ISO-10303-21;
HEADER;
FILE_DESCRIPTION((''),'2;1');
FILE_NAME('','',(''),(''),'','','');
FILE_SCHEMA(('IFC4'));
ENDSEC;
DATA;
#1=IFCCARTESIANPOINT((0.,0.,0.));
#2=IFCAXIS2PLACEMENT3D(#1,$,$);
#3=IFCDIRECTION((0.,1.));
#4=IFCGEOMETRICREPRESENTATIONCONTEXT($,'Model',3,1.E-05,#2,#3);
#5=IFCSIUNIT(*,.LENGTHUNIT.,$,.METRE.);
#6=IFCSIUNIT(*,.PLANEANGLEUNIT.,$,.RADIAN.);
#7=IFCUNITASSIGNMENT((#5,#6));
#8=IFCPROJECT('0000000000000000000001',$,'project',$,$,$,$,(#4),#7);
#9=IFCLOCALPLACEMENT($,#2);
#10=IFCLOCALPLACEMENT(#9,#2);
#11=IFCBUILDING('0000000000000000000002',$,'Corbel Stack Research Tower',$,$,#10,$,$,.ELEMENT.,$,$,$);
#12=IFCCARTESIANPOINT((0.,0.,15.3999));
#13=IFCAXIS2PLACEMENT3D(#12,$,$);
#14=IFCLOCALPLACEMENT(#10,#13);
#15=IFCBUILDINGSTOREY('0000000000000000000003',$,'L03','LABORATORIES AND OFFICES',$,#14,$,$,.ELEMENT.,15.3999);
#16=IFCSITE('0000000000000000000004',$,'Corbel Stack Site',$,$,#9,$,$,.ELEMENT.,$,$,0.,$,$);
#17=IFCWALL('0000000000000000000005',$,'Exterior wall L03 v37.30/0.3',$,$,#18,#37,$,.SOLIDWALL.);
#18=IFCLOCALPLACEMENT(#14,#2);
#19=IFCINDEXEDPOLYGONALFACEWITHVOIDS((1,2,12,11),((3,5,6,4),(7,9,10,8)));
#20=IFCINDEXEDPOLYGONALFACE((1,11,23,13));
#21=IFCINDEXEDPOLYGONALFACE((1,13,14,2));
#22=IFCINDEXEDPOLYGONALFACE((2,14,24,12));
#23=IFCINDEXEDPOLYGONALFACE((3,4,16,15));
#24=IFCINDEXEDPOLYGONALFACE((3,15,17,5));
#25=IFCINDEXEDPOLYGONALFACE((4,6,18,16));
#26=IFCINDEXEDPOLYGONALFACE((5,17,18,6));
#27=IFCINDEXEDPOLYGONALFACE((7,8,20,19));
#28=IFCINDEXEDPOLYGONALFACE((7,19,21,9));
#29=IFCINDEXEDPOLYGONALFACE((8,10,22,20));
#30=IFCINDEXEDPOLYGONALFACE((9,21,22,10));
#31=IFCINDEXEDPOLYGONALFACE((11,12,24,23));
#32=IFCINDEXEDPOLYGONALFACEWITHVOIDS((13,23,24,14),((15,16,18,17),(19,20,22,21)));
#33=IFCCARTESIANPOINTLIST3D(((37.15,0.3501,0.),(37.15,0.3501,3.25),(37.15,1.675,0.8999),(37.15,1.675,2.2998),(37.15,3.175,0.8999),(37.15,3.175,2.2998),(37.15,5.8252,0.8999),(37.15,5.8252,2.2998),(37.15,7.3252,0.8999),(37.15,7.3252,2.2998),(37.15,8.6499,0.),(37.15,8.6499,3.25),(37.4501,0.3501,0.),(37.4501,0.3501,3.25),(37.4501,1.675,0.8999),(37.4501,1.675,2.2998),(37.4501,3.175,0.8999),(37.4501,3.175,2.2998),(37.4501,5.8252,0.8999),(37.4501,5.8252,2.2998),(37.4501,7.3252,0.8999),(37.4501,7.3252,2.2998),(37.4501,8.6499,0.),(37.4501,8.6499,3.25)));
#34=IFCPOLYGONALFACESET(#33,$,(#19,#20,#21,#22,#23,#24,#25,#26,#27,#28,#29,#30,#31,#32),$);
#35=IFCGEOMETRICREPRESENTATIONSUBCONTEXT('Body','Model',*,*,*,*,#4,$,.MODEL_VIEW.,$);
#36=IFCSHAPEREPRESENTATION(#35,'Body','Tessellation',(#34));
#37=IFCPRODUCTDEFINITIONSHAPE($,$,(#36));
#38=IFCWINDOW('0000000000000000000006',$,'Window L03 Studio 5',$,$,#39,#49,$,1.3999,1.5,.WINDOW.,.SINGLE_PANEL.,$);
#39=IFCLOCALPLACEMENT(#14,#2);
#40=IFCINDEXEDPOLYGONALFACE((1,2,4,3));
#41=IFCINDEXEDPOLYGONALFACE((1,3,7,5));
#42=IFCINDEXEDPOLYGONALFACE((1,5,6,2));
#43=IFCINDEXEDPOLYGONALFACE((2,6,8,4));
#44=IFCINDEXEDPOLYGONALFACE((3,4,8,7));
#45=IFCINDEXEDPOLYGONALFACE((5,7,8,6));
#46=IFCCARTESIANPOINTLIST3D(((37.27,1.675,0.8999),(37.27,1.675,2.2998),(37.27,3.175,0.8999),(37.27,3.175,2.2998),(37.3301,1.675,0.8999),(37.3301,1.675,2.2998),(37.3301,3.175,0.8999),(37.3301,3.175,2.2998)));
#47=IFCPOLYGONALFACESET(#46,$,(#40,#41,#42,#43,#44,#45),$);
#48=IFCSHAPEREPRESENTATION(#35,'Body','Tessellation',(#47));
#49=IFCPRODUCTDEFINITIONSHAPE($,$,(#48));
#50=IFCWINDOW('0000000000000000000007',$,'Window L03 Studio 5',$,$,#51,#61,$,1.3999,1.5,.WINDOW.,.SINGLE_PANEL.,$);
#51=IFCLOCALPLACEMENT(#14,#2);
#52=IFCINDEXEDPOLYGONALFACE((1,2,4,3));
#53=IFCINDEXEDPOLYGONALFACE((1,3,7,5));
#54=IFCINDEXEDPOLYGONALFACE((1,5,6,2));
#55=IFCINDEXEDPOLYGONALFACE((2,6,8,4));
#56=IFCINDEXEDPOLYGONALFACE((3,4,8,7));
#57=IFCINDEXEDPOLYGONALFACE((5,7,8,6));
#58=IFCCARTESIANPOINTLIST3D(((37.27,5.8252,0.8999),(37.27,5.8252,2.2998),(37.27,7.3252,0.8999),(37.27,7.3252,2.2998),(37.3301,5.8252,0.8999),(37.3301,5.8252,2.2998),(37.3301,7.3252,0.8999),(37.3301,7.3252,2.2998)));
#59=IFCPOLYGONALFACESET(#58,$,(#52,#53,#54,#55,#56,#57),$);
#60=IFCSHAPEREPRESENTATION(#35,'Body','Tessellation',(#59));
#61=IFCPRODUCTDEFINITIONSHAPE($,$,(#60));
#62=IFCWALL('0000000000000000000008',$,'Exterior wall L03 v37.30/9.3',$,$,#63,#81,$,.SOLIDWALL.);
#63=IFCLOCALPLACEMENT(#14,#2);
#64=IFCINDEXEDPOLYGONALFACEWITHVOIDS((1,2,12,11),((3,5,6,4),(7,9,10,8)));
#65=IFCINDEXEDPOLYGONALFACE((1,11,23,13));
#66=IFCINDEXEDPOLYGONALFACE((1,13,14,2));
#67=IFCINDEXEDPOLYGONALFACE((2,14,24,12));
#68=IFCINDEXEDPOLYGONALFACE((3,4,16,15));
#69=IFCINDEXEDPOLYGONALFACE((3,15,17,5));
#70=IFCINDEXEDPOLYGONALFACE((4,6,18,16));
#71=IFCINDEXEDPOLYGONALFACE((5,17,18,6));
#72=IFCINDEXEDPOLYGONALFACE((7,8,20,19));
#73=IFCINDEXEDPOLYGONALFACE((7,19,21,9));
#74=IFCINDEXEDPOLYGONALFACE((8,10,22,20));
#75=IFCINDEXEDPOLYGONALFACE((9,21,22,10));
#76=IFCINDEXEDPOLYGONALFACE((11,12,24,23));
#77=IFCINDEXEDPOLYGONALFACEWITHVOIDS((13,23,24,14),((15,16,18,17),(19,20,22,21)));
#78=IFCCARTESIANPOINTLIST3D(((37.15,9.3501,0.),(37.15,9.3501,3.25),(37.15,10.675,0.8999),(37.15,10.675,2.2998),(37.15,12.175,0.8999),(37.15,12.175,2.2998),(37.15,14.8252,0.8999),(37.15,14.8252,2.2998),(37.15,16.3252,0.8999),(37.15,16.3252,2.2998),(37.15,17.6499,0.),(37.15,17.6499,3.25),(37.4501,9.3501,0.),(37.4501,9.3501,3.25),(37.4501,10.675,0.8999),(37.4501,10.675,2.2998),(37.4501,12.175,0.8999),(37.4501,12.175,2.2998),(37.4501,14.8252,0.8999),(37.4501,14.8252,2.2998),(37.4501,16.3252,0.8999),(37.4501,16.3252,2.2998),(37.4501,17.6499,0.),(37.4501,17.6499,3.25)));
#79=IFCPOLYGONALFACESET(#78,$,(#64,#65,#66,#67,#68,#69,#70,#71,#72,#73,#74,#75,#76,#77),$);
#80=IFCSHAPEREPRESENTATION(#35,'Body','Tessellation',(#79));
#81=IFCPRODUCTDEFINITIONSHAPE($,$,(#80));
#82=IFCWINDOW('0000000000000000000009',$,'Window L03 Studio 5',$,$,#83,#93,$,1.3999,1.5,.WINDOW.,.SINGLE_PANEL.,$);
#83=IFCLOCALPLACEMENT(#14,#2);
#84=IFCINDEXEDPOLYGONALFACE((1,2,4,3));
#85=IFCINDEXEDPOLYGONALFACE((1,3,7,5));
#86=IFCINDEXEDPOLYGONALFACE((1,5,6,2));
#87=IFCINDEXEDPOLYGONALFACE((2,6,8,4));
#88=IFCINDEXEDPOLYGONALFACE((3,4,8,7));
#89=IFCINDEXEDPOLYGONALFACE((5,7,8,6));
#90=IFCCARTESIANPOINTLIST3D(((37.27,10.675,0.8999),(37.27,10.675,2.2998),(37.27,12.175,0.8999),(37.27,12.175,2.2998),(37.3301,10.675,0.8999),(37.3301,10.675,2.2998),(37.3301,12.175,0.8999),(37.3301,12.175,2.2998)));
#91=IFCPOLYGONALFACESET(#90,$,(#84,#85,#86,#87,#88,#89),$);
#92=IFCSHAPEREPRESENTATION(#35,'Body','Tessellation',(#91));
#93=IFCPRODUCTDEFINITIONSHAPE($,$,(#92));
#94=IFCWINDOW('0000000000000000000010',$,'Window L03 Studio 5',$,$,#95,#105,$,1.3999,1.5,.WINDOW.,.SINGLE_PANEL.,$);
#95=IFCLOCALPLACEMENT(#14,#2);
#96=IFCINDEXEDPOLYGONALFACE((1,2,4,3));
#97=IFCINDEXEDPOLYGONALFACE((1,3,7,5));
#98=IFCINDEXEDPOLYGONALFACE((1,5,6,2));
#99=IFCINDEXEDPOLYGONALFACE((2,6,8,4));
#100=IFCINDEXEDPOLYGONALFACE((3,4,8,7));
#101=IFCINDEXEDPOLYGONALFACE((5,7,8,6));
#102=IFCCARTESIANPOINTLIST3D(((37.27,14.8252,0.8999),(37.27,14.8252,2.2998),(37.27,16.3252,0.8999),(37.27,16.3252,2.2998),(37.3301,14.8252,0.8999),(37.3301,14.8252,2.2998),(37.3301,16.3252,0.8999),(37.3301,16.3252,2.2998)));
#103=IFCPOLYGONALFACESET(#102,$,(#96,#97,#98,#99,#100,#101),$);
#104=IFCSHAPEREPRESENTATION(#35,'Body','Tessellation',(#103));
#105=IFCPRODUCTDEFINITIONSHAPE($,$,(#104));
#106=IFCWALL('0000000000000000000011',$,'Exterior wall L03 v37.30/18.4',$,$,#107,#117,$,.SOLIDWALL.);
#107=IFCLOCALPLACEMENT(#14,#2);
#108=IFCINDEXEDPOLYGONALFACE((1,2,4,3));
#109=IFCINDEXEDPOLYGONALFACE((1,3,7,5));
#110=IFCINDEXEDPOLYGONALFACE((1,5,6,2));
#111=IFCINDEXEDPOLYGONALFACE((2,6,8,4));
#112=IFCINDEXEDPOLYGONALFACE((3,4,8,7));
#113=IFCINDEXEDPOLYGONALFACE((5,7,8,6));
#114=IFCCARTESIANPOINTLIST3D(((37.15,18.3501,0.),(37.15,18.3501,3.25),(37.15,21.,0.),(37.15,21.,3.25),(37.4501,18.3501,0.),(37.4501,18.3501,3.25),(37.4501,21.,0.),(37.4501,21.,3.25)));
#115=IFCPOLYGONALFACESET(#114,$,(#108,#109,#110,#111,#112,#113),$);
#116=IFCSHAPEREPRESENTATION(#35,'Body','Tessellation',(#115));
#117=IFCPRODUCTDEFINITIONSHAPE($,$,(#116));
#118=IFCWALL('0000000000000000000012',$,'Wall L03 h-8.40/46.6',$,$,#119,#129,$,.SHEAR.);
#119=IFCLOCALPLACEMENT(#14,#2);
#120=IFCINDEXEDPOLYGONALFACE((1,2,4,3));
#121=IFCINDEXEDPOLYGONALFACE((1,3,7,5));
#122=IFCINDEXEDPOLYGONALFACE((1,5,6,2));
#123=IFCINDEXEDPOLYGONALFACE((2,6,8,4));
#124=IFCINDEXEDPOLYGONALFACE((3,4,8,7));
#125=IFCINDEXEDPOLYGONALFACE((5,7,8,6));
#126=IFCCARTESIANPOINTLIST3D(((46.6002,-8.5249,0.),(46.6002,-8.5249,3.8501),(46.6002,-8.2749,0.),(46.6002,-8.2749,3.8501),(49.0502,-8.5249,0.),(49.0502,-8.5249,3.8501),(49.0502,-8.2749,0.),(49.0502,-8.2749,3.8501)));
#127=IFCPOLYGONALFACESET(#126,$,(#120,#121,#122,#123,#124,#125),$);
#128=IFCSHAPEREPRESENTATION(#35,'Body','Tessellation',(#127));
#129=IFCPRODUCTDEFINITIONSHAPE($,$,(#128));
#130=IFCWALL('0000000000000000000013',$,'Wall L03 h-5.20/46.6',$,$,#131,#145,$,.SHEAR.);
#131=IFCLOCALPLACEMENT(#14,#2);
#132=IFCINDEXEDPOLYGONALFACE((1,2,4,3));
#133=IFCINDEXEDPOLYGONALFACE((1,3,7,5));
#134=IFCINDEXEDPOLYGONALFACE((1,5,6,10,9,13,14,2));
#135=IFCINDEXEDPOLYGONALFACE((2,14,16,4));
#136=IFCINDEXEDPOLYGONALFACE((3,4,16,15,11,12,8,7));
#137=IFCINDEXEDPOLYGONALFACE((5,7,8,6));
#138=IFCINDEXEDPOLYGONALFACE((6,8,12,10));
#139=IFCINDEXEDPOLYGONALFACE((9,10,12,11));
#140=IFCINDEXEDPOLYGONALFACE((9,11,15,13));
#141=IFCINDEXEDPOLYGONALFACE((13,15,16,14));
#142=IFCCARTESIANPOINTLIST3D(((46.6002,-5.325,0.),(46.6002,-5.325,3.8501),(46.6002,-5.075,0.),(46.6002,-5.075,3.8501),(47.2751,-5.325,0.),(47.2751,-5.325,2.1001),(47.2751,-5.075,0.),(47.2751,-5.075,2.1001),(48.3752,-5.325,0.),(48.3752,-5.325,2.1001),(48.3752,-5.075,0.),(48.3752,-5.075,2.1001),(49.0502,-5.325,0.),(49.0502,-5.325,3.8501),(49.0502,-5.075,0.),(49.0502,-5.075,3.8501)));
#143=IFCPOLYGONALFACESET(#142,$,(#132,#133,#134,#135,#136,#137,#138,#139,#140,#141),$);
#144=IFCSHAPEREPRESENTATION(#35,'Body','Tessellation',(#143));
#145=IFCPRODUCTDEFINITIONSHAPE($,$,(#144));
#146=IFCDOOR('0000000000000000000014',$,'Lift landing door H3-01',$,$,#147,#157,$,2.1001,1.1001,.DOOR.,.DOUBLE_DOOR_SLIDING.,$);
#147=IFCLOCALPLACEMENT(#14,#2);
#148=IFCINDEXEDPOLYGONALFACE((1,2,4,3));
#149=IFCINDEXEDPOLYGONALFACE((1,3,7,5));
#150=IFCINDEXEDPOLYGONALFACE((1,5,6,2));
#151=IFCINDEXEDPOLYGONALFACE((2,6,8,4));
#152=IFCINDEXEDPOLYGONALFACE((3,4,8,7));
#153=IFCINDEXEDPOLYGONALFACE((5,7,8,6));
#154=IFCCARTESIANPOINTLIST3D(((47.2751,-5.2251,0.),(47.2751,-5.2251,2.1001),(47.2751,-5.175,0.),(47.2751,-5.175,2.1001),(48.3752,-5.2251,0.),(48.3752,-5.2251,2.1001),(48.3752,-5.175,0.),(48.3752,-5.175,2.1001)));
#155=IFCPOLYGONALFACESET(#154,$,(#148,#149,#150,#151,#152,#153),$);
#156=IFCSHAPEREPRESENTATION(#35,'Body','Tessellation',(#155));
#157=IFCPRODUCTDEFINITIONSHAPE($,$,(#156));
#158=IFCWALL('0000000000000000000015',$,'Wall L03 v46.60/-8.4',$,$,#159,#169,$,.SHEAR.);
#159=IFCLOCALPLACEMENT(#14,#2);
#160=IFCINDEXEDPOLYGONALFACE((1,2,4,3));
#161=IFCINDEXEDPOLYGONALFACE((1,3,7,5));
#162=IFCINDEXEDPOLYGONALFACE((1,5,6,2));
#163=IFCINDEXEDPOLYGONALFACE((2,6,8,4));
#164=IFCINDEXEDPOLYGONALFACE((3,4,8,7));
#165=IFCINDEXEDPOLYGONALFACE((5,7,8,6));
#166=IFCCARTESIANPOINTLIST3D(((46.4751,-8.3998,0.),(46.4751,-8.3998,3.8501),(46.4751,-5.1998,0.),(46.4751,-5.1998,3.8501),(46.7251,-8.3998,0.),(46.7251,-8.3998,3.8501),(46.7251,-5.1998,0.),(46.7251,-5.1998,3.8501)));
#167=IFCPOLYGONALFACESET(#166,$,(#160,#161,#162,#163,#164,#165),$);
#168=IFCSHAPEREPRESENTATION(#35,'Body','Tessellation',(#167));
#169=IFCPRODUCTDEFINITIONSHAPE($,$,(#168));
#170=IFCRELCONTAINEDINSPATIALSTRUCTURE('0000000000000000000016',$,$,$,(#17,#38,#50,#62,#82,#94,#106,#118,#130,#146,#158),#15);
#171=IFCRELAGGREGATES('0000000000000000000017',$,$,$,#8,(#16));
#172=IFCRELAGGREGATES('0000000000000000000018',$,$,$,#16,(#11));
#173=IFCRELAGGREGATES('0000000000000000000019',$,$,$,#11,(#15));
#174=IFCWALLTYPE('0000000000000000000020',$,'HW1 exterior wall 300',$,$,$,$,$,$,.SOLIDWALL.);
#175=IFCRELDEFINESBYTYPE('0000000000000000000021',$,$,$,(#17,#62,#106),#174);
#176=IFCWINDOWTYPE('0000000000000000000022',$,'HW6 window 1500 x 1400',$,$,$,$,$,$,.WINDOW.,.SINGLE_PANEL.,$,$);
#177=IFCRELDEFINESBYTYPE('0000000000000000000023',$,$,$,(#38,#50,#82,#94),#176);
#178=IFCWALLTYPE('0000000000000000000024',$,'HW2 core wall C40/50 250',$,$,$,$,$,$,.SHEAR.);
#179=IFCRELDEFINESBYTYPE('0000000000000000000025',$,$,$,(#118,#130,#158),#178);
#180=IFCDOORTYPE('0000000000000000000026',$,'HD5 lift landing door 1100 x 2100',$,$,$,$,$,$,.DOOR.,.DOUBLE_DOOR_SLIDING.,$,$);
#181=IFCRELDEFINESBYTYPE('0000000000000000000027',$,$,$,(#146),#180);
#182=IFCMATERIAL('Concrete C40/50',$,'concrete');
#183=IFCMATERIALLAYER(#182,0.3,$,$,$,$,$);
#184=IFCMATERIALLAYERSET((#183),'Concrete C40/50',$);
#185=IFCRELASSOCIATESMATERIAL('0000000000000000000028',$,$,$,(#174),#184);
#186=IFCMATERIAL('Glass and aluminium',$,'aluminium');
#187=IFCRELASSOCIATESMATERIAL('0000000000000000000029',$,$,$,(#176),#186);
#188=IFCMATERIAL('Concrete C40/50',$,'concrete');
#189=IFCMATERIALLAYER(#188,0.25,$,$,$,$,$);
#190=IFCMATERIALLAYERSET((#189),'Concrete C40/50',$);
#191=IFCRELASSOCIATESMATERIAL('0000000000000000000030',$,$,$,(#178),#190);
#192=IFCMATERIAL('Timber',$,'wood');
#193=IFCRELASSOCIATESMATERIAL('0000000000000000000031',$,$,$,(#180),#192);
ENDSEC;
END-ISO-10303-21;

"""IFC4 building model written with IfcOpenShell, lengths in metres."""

from ifc_helpers import new_model, si_unit, direction, frame, frame_2d, origin, place, context, subcontext, project, spatial, rectangle, extrude, material, layer, layer_set, type_object, element, fill, save


model = new_model("IFC4")

# Units and contexts
model_context = context("Model", 3, precision=1e-05, world=origin(), true_north=direction((0.0, 1.0)))
body_context = subcontext(model_context, "Body", "Model", "MODEL_VIEW")
ifc_project = project(units=[si_unit("LENGTHUNIT", "METRE"), si_unit("PLANEANGLEUNIT", "RADIAN")], contexts=[model_context])

# Site, building, storey
site_placement = place(None, origin())
site = spatial("IfcSite", under=ifc_project, at=site_placement, Name="Corbel Stack Site", CompositionType="ELEMENT", RefElevation=0.0)
building_placement = place(site_placement, origin())
building = spatial("IfcBuilding", under=site, at=building_placement, Name="Corbel Stack Research Tower", CompositionType="ELEMENT")
storey_placement = place(building_placement, frame((0.0, 0.0, 15.3999)))
storey = spatial("IfcBuildingStorey", under=building, at=storey_placement, Name="L03", Description="LABORATORIES AND OFFICES", CompositionType="ELEMENT", Elevation=15.3999)

# Walls, openings, windows
ifc_material_1 = material(Name="Concrete C40/50", Category="concrete")
ifc_layer_1 = layer(ifc_material_1, 0.3)
ifc_layer_set_1 = layer_set([ifc_layer_1], Name="Concrete C40/50")
wall_type_1 = type_object("IfcWallType", Name="HW1 exterior wall 300", PredefinedType="SOLIDWALL", material=ifc_layer_set_1)
wall_1_placement = place(storey_placement, frame((37.3, 0.3501, 0.0), z_axis=(0.0, 0.0, 1.0), x_axis=(0.0, 1.0, 0.0)))
wall_1 = element("IfcWall", 1, at=wall_1_placement, inside=storey, type_object=wall_type_1, Name="Exterior wall L03 v37.30/0.3", PredefinedType="SOLIDWALL", context=body_context, shape_type="SweptSolid", body=[
    extrude(rectangle(XDim=8.2998, YDim=0.3, at=frame_2d((4.1499, 0.0))), origin(), (0.0, 0.0, 1.0), 3.25),
])
opening_1_placement = place(wall_1_placement, frame((1.325, 0.0, 0.8999)))
opening_1 = element("IfcOpeningElement", 2, at=opening_1_placement, cuts=wall_1, PredefinedType="OPENING", context=body_context, shape_type="SweptSolid", body=[
    extrude(rectangle(XDim=1.5, YDim=1.3999, at=frame_2d((0.75, 0.7))), frame((0.0, 0.1599, 0.0), z_axis=(0.0, -1.0, 0.0), x_axis=(1.0, 0.0, 0.0)), (0.0, 0.0, 1.0), 0.3201),
])
opening_2_placement = place(wall_1_placement, frame((5.4751, 0.0, 0.8999)))
opening_2 = element("IfcOpeningElement", 3, at=opening_2_placement, cuts=wall_1, PredefinedType="OPENING", context=body_context, shape_type="SweptSolid", body=[
    extrude(rectangle(XDim=1.5, YDim=1.3999, at=frame_2d((0.75, 0.7))), frame((0.0, 0.1599, 0.0), z_axis=(0.0, -1.0, 0.0), x_axis=(1.0, 0.0, 0.0)), (0.0, 0.0, 1.0), 0.3201),
])
ifc_material_2 = material(Name="Glass and aluminium", Category="aluminium")
window_type = type_object("IfcWindowType", Name="HW6 window 1500 x 1400", PartitioningType="SINGLE_PANEL", PredefinedType="WINDOW", material=ifc_material_2)
window_1_placement = place(opening_1_placement, origin())
window_1 = element("IfcWindow", 4, at=window_1_placement, inside=storey, type_object=window_type, Name="Window L03 Studio 5", OverallHeight=1.3999, OverallWidth=1.5, PartitioningType="SINGLE_PANEL", PredefinedType="WINDOW", context=body_context, shape_type="SweptSolid", body=[
    extrude(rectangle(XDim=1.5, YDim=1.3999, at=frame_2d((0.75, 0.7))), frame((0.0, 0.03, 0.0), z_axis=(0.0, -1.0, 0.0), x_axis=(1.0, 0.0, 0.0)), (0.0, 0.0, 1.0), 0.0601),
])
fill(opening_1, window_1)
window_2_placement = place(opening_2_placement, origin())
window_2 = element("IfcWindow", 5, at=window_2_placement, inside=storey, type_object=window_type, Name="Window L03 Studio 5", OverallHeight=1.3999, OverallWidth=1.5, PartitioningType="SINGLE_PANEL", PredefinedType="WINDOW", context=body_context, shape_type="SweptSolid", body=[
    extrude(rectangle(XDim=1.5, YDim=1.3999, at=frame_2d((0.75, 0.7))), frame((0.0, 0.03, 0.0), z_axis=(0.0, -1.0, 0.0), x_axis=(1.0, 0.0, 0.0)), (0.0, 0.0, 1.0), 0.0601),
])
fill(opening_2, window_2)
wall_2_placement = place(storey_placement, frame((37.3, 9.3501, 0.0), z_axis=(0.0, 0.0, 1.0), x_axis=(0.0, 1.0, 0.0)))
wall_2 = element("IfcWall", 6, at=wall_2_placement, inside=storey, type_object=wall_type_1, Name="Exterior wall L03 v37.30/9.3", PredefinedType="SOLIDWALL", context=body_context, shape_type="SweptSolid", body=[
    extrude(rectangle(XDim=8.2998, YDim=0.3, at=frame_2d((4.1499, 0.0))), origin(), (0.0, 0.0, 1.0), 3.25),
])
opening_3_placement = place(wall_2_placement, frame((1.325, 0.0, 0.8999)))
opening_3 = element("IfcOpeningElement", 7, at=opening_3_placement, cuts=wall_2, PredefinedType="OPENING", context=body_context, shape_type="SweptSolid", body=[
    extrude(rectangle(XDim=1.5, YDim=1.3999, at=frame_2d((0.75, 0.7))), frame((0.0, 0.1599, 0.0), z_axis=(0.0, -1.0, 0.0), x_axis=(1.0, 0.0, 0.0)), (0.0, 0.0, 1.0), 0.3201),
])
opening_4_placement = place(wall_2_placement, frame((5.4751, 0.0, 0.8999)))
opening_4 = element("IfcOpeningElement", 8, at=opening_4_placement, cuts=wall_2, PredefinedType="OPENING", context=body_context, shape_type="SweptSolid", body=[
    extrude(rectangle(XDim=1.5, YDim=1.3999, at=frame_2d((0.75, 0.7))), frame((0.0, 0.1599, 0.0), z_axis=(0.0, -1.0, 0.0), x_axis=(1.0, 0.0, 0.0)), (0.0, 0.0, 1.0), 0.3201),
])
window_3_placement = place(opening_3_placement, origin())
window_3 = element("IfcWindow", 9, at=window_3_placement, inside=storey, type_object=window_type, Name="Window L03 Studio 5", OverallHeight=1.3999, OverallWidth=1.5, PartitioningType="SINGLE_PANEL", PredefinedType="WINDOW", context=body_context, shape_type="SweptSolid", body=[
    extrude(rectangle(XDim=1.5, YDim=1.3999, at=frame_2d((0.75, 0.7))), frame((0.0, 0.03, 0.0), z_axis=(0.0, -1.0, 0.0), x_axis=(1.0, 0.0, 0.0)), (0.0, 0.0, 1.0), 0.0601),
])
fill(opening_3, window_3)
window_4_placement = place(opening_4_placement, origin())
window_4 = element("IfcWindow", 10, at=window_4_placement, inside=storey, type_object=window_type, Name="Window L03 Studio 5", OverallHeight=1.3999, OverallWidth=1.5, PartitioningType="SINGLE_PANEL", PredefinedType="WINDOW", context=body_context, shape_type="SweptSolid", body=[
    extrude(rectangle(XDim=1.5, YDim=1.3999, at=frame_2d((0.75, 0.7))), frame((0.0, 0.03, 0.0), z_axis=(0.0, -1.0, 0.0), x_axis=(1.0, 0.0, 0.0)), (0.0, 0.0, 1.0), 0.0601),
])
fill(opening_4, window_4)

# Walls
wall_3_placement = place(storey_placement, frame((37.3, 18.3501, 0.0), z_axis=(0.0, 0.0, 1.0), x_axis=(0.0, 1.0, 0.0)))
element("IfcWall", 11, at=wall_3_placement, inside=storey, type_object=wall_type_1, Name="Exterior wall L03 v37.30/18.4", PredefinedType="SOLIDWALL", context=body_context, shape_type="SweptSolid", body=[
    extrude(rectangle(XDim=2.6499, YDim=0.3, at=frame_2d((1.325, 0.0))), origin(), (0.0, 0.0, 1.0), 3.25),
])
ifc_material_3 = material(Name="Concrete C40/50", Category="concrete")
ifc_layer_2 = layer(ifc_material_3, 0.25)
ifc_layer_set_2 = layer_set([ifc_layer_2], Name="Concrete C40/50")
wall_type_2 = type_object("IfcWallType", Name="HW2 core wall C40/50 250", PredefinedType="SHEAR", material=ifc_layer_set_2)
wall_4_placement = place(storey_placement, frame((46.6001, -8.3999, 0.0), z_axis=(0.0, 0.0, 1.0), x_axis=(1.0, 0.0, 0.0)))
element("IfcWall", 12, at=wall_4_placement, inside=storey, type_object=wall_type_2, Name="Wall L03 h-8.40/46.6", PredefinedType="SHEAR", context=body_context, shape_type="SweptSolid", body=[
    extrude(rectangle(XDim=2.45, YDim=0.25, at=frame_2d((1.2251, 0.0))), origin(), (0.0, 0.0, 1.0), 3.8501),
])

# Wall, opening, door
wall_5_placement = place(storey_placement, frame((46.6001, -5.2, 0.0), z_axis=(0.0, 0.0, 1.0), x_axis=(1.0, 0.0, 0.0)))
wall_5 = element("IfcWall", 13, at=wall_5_placement, inside=storey, type_object=wall_type_2, Name="Wall L03 h-5.20/46.6", PredefinedType="SHEAR", context=body_context, shape_type="SweptSolid", body=[
    extrude(rectangle(XDim=2.45, YDim=0.25, at=frame_2d((1.2251, 0.0))), origin(), (0.0, 0.0, 1.0), 3.8501),
])
opening_5_placement = place(wall_5_placement, frame((0.675, 0.0, 0.0)))
opening_5 = element("IfcOpeningElement", 14, at=opening_5_placement, cuts=wall_5, PredefinedType="OPENING", context=body_context, shape_type="SweptSolid", body=[
    extrude(rectangle(XDim=1.1001, YDim=2.1001, at=frame_2d((0.55, 1.05))), frame((0.0, 0.135, 0.0), z_axis=(0.0, -1.0, 0.0), x_axis=(1.0, 0.0, 0.0)), (0.0, 0.0, 1.0), 0.27),
])
ifc_material_4 = material(Name="Timber", Category="wood")
door_type_1 = type_object("IfcDoorType", Name="HD5 lift landing door 1100 x 2100", OperationType="DOUBLE_DOOR_SLIDING", PredefinedType="DOOR", material=ifc_material_4)
door_1_placement = place(opening_5_placement, origin())
door_1 = element("IfcDoor", 15, at=door_1_placement, inside=storey, type_object=door_type_1, Name="Lift landing door H3-01", OperationType="DOUBLE_DOOR_SLIDING", OverallHeight=2.1001, OverallWidth=1.1001, PredefinedType="DOOR", context=body_context, shape_type="SweptSolid", body=[
    extrude(rectangle(XDim=1.1001, YDim=2.1001, at=frame_2d((0.55, 1.05))), frame((0.0, 0.0249, 0.0), z_axis=(0.0, -1.0, 0.0), x_axis=(1.0, 0.0, 0.0)), (0.0, 0.0, 1.0), 0.05),
])
fill(opening_5, door_1)

# Wall
for number, where, z_axis, x_axis, name in (
    (16, (46.6001, -8.3999, 0.0), (0.0, 0.0, 1.0), (0.0, 1.0, 0.0), "Wall L03 v46.60/-8.4"),
):
    element("IfcWall", number, at=place(storey_placement, frame(where, z_axis=z_axis, x_axis=x_axis)), inside=storey, type_object=wall_type_2, Name=name, PredefinedType="SHEAR", context=body_context, shape_type="SweptSolid", body=[
        extrude(rectangle(XDim=3.2, YDim=0.25, at=frame_2d((1.6001, 0.0))), origin(), (0.0, 0.0, 1.0), 3.8501),
    ])

save(model, "model.ifc")
